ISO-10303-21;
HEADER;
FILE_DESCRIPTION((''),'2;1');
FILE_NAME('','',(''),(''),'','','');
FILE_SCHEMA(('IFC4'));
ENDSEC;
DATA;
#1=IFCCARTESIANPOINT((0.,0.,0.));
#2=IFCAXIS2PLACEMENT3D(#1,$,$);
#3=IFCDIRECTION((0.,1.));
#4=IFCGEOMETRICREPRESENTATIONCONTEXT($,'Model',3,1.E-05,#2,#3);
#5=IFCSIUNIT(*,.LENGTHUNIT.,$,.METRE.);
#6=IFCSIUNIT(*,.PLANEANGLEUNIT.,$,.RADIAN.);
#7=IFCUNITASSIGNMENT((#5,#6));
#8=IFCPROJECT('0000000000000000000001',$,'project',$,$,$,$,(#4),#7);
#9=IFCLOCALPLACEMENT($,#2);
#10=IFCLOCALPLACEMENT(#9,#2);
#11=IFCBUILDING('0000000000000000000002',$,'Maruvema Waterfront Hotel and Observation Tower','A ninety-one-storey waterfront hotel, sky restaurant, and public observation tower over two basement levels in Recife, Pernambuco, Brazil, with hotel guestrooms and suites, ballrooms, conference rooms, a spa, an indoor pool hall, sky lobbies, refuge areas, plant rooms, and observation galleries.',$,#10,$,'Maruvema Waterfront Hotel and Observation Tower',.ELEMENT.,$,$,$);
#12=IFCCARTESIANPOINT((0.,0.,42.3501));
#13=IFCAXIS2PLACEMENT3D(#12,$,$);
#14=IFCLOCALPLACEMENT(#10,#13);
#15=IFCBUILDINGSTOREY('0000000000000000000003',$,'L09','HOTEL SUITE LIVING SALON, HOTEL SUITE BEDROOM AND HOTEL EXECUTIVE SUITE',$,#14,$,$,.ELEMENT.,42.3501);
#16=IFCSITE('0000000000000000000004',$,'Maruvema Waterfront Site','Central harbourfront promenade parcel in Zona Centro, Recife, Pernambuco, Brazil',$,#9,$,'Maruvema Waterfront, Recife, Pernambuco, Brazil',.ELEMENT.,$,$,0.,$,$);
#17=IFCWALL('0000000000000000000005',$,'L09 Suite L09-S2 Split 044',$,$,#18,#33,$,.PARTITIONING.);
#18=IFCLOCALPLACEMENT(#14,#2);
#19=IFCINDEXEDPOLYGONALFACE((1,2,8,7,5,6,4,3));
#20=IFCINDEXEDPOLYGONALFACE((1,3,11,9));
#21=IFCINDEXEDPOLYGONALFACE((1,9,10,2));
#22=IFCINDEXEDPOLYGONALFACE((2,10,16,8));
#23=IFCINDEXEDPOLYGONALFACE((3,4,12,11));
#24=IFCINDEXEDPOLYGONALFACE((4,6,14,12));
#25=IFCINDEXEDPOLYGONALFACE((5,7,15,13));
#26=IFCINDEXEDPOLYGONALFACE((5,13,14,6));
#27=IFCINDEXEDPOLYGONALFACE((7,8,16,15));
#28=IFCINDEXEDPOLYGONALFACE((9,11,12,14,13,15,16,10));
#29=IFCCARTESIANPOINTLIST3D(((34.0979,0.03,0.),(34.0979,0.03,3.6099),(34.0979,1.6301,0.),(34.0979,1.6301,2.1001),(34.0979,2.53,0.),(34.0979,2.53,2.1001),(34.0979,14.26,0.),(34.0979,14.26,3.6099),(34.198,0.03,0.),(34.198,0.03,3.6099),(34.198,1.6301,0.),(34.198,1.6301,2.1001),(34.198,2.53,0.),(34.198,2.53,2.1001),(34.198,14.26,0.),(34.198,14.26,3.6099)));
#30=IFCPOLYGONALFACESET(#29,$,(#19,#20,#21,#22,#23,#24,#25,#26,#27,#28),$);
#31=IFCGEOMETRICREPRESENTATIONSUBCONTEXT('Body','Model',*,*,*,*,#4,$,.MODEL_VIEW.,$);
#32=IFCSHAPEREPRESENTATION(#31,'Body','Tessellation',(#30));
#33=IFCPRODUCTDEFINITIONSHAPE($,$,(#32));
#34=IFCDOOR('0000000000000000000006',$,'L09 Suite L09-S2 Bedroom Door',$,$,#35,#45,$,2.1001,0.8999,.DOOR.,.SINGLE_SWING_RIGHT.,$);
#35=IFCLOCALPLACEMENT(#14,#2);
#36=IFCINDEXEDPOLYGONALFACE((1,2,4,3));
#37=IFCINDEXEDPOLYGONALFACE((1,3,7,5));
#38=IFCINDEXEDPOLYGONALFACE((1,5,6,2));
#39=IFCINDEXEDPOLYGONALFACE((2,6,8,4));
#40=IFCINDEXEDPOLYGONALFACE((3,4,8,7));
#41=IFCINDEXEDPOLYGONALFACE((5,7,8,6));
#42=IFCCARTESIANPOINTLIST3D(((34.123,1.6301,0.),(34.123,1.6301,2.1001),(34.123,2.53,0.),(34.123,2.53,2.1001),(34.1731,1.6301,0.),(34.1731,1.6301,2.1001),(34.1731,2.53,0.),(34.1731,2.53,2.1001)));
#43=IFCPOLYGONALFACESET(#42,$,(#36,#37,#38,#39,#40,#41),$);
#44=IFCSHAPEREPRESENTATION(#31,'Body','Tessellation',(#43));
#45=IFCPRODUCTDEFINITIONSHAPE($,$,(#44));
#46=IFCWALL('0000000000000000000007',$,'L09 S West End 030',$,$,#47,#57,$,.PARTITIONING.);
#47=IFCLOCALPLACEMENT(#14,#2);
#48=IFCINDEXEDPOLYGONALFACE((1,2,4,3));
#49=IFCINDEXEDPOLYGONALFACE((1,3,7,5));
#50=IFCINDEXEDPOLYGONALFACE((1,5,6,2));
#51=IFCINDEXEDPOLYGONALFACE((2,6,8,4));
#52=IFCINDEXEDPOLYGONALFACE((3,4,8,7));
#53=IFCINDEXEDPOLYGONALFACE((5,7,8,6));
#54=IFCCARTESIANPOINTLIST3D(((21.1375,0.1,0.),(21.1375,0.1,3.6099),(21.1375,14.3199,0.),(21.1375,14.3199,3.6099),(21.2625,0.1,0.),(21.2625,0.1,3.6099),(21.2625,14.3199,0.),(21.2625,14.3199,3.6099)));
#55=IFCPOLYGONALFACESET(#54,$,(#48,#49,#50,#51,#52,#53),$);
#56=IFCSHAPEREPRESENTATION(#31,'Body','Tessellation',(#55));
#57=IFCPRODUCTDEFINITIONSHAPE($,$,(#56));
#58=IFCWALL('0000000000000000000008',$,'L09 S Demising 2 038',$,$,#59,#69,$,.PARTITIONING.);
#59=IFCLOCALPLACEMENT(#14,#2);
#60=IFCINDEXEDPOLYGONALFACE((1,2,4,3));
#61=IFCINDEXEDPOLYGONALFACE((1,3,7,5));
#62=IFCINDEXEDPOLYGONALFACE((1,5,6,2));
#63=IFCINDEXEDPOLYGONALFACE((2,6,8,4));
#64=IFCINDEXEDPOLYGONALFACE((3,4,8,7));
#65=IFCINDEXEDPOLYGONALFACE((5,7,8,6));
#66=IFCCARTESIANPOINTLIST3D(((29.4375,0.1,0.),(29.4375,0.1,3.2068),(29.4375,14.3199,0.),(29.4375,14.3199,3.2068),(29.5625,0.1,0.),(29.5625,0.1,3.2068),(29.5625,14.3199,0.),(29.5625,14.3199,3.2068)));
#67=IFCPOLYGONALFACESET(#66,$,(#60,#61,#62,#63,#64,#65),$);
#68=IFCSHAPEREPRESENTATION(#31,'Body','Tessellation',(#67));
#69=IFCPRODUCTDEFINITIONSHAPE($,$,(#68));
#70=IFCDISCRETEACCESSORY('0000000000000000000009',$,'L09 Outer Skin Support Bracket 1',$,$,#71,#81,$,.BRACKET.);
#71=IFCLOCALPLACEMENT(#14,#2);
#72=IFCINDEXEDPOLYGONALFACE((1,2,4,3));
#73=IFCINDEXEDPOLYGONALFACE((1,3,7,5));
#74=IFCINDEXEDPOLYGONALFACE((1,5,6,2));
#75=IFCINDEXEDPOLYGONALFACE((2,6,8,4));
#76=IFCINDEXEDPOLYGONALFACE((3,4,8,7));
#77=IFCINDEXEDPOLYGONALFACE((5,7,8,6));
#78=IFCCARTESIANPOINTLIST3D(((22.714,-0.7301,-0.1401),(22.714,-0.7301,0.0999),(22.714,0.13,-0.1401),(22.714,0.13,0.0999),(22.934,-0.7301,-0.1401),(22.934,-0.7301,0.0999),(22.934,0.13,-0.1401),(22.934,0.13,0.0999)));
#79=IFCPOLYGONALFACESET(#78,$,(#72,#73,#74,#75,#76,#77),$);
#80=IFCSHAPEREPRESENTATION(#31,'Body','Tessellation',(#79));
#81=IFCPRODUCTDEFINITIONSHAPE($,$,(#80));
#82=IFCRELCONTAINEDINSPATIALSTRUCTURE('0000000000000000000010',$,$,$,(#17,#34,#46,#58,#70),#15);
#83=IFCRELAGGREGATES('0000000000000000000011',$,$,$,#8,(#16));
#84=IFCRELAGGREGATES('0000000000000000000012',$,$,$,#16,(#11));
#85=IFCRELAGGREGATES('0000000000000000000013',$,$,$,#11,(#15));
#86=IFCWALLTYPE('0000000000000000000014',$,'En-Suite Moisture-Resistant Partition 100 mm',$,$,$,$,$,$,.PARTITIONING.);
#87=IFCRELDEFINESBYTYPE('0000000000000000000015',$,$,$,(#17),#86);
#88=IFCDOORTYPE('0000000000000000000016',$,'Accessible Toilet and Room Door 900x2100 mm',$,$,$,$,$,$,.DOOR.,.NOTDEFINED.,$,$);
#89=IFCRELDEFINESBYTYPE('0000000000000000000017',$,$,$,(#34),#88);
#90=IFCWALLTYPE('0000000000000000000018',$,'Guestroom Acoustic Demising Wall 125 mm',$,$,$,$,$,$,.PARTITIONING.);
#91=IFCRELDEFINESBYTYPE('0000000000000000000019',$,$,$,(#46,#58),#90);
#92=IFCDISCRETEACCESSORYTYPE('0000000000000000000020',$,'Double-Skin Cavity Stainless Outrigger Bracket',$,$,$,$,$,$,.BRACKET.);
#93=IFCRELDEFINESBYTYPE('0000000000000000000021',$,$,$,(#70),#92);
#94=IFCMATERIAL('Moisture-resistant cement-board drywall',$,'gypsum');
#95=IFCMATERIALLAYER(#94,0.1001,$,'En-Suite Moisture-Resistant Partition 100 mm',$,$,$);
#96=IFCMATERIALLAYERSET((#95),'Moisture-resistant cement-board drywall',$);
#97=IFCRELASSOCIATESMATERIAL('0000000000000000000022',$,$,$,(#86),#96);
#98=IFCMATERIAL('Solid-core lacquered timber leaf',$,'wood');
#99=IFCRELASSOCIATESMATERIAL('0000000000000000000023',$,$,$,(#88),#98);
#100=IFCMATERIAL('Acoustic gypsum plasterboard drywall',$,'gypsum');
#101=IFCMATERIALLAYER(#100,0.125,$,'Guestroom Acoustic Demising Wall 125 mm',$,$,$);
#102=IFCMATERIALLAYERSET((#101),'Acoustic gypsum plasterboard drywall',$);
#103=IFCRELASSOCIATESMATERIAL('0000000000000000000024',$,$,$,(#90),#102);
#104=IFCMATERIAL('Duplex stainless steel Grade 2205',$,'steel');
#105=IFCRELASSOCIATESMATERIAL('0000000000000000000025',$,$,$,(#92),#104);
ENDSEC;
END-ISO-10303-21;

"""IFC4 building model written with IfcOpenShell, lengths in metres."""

from ifc_helpers import new_model, si_unit, direction, frame, frame_2d, origin, origin_2d, place, context, subcontext, project, spatial, rectangle, extrude, material, layer, layer_set, type_object, element, fill, save


model = new_model("IFC4")

# Units and contexts
model_context = context("Model", 3, precision=1e-05, world=origin(), true_north=direction((0.0, 1.0)))
body_context = subcontext(model_context, "Body", "Model", "MODEL_VIEW")
ifc_project = project(units=[si_unit("LENGTHUNIT", "METRE"), si_unit("PLANEANGLEUNIT", "RADIAN")], contexts=[model_context])

# Site, building, storey
site_placement = place(None, origin())
site = spatial("IfcSite", under=ifc_project, at=site_placement, Name="Maruvema Waterfront Site", Description="Central harbourfront promenade parcel in Zona Centro, Recife, Pernambuco, Brazil", LongName="Maruvema Waterfront, Recife, Pernambuco, Brazil", CompositionType="ELEMENT", RefElevation=0.0)
building_placement = place(site_placement, origin())
building = spatial("IfcBuilding", under=site, at=building_placement, Name="Maruvema Waterfront Hotel and Observation Tower", Description="A ninety-one-storey waterfront hotel, sky restaurant, and public observation tower over two basement levels in Recife, Pernambuco, Brazil, with hotel guestrooms and suites, ballrooms, conference rooms, a spa, an indoor pool hall, sky lobbies, refuge areas, plant rooms, and observation galleries.", LongName="Maruvema Waterfront Hotel and Observation Tower", CompositionType="ELEMENT")
storey_placement = place(building_placement, frame((0.0, 0.0, 42.3501)))
storey = spatial("IfcBuildingStorey", under=building, at=storey_placement, Name="L09", Description="HOTEL SUITE LIVING SALON, HOTEL SUITE BEDROOM AND HOTEL EXECUTIVE SUITE", CompositionType="ELEMENT", Elevation=42.3501)

# Shared definitions
ifc_material_1 = material(Name="Moisture-resistant cement-board drywall", Category="gypsum")
ifc_layer_1 = layer(ifc_material_1, 0.1001, Name="En-Suite Moisture-Resistant Partition 100 mm")
ifc_layer_set_1 = layer_set([ifc_layer_1], Name="Moisture-resistant cement-board drywall")
wall_type_1 = type_object("IfcWallType", Name="En-Suite Moisture-Resistant Partition 100 mm", PredefinedType="PARTITIONING", material=ifc_layer_set_1)

# Wall, opening, door
ifc_material_2 = material(Name="Solid-core lacquered timber leaf", Category="wood")
door_type = type_object("IfcDoorType", Name="Accessible Toilet and Room Door 900x2100 mm", OperationType="NOTDEFINED", PredefinedType="DOOR", material=ifc_material_2)
wall_1_placement = place(storey_placement, frame((34.1479, 0.03, 0.0), z_axis=(0.0, 0.0, 1.0), x_axis=(0.0, 1.0, 0.0)))
wall_1 = element("IfcWall", 1, at=wall_1_placement, inside=storey, type_object=wall_type_1, Name="L09 Suite L09-S2 Split 044", PredefinedType="PARTITIONING", context=body_context, shape_type="SweptSolid", body=[
    extrude(rectangle(XDim=14.23, YDim=0.1001, at=frame_2d((7.115, 0.0))), origin(), (0.0, 0.0, 1.0), 3.6099),
])
opening_1_placement = place(wall_1_placement, frame((1.6001, 0.0, 0.0)))
opening_1 = element("IfcOpeningElement", 2, at=opening_1_placement, cuts=wall_1, PredefinedType="OPENING", context=body_context, shape_type="SweptSolid", body=[
    extrude(rectangle(XDim=0.8999, YDim=2.1001, at=frame_2d((0.45, 1.05))), frame((0.0, 0.0601, 0.0), z_axis=(0.0, -1.0, 0.0), x_axis=(1.0, 0.0, 0.0)), (0.0, 0.0, 1.0), 0.1201),
])
door_1_placement = place(opening_1_placement, origin())
door_1 = element("IfcDoor", 3, at=door_1_placement, inside=storey, type_object=door_type, Name="L09 Suite L09-S2 Bedroom Door", OperationType="SINGLE_SWING_RIGHT", OverallHeight=2.1001, OverallWidth=0.8999, PredefinedType="DOOR", context=body_context, shape_type="SweptSolid", body=[
    extrude(rectangle(XDim=0.8999, YDim=2.1001, at=frame_2d((0.45, 1.05))), frame((0.0, 0.0249, 0.0), z_axis=(0.0, -1.0, 0.0), x_axis=(1.0, 0.0, 0.0)), (0.0, 0.0, 1.0), 0.05),
])
fill(opening_1, door_1)

# Walls
ifc_material_3 = material(Name="Acoustic gypsum plasterboard drywall", Category="gypsum")
ifc_layer_2 = layer(ifc_material_3, 0.125, Name="Guestroom Acoustic Demising Wall 125 mm")
ifc_layer_set_2 = layer_set([ifc_layer_2], Name="Acoustic gypsum plasterboard drywall")
wall_type_2 = type_object("IfcWallType", Name="Guestroom Acoustic Demising Wall 125 mm", PredefinedType="PARTITIONING", material=ifc_layer_set_2)
wall_2_placement = place(storey_placement, frame((21.2, 0.1001, 0.0), z_axis=(0.0, 0.0, 1.0), x_axis=(0.0, 1.0, 0.0)))
element("IfcWall", 4, at=wall_2_placement, inside=storey, type_object=wall_type_2, Name="L09 S West End 030", PredefinedType="PARTITIONING", context=body_context, shape_type="SweptSolid", body=[
    extrude(rectangle(XDim=14.22, YDim=0.125, at=frame_2d((7.1099, 0.0))), origin(), (0.0, 0.0, 1.0), 3.6099),
])
wall_3_placement = place(storey_placement, frame((29.5, 0.1001, 0.0), z_axis=(0.0, 0.0, 1.0), x_axis=(0.0, 1.0, 0.0)))
element("IfcWall", 5, at=wall_3_placement, inside=storey, type_object=wall_type_2, Name="L09 S Demising 2 038", PredefinedType="PARTITIONING", context=body_context, shape_type="SweptSolid", body=[
    extrude(rectangle(XDim=14.22, YDim=0.125, at=frame_2d((7.1099, 0.0))), origin(), (0.0, 0.0, 1.0), 3.2068),
])

# Discrete accessory
ifc_material_4 = material(Name="Duplex stainless steel Grade 2205", Category="steel")
discrete_accessory_type = type_object("IfcDiscreteAccessoryType", Name="Double-Skin Cavity Stainless Outrigger Bracket", PredefinedType="BRACKET", material=ifc_material_4)
discrete_accessory_placement = place(storey_placement, frame((22.824, -0.3, -0.1401), z_axis=(0.0, 0.0, 1.0), x_axis=(1.0, 0.0, 0.0)))
element("IfcDiscreteAccessory", 6, at=discrete_accessory_placement, inside=storey, type_object=discrete_accessory_type, Name="L09 Outer Skin Support Bracket 1", PredefinedType="BRACKET", context=body_context, shape_type="SweptSolid", body=[
    extrude(rectangle(XDim=0.22, YDim=0.8601, at=origin_2d()), origin(), (0.0, 0.0, 1.0), 0.24),
])

save(model, "model.ifc")
